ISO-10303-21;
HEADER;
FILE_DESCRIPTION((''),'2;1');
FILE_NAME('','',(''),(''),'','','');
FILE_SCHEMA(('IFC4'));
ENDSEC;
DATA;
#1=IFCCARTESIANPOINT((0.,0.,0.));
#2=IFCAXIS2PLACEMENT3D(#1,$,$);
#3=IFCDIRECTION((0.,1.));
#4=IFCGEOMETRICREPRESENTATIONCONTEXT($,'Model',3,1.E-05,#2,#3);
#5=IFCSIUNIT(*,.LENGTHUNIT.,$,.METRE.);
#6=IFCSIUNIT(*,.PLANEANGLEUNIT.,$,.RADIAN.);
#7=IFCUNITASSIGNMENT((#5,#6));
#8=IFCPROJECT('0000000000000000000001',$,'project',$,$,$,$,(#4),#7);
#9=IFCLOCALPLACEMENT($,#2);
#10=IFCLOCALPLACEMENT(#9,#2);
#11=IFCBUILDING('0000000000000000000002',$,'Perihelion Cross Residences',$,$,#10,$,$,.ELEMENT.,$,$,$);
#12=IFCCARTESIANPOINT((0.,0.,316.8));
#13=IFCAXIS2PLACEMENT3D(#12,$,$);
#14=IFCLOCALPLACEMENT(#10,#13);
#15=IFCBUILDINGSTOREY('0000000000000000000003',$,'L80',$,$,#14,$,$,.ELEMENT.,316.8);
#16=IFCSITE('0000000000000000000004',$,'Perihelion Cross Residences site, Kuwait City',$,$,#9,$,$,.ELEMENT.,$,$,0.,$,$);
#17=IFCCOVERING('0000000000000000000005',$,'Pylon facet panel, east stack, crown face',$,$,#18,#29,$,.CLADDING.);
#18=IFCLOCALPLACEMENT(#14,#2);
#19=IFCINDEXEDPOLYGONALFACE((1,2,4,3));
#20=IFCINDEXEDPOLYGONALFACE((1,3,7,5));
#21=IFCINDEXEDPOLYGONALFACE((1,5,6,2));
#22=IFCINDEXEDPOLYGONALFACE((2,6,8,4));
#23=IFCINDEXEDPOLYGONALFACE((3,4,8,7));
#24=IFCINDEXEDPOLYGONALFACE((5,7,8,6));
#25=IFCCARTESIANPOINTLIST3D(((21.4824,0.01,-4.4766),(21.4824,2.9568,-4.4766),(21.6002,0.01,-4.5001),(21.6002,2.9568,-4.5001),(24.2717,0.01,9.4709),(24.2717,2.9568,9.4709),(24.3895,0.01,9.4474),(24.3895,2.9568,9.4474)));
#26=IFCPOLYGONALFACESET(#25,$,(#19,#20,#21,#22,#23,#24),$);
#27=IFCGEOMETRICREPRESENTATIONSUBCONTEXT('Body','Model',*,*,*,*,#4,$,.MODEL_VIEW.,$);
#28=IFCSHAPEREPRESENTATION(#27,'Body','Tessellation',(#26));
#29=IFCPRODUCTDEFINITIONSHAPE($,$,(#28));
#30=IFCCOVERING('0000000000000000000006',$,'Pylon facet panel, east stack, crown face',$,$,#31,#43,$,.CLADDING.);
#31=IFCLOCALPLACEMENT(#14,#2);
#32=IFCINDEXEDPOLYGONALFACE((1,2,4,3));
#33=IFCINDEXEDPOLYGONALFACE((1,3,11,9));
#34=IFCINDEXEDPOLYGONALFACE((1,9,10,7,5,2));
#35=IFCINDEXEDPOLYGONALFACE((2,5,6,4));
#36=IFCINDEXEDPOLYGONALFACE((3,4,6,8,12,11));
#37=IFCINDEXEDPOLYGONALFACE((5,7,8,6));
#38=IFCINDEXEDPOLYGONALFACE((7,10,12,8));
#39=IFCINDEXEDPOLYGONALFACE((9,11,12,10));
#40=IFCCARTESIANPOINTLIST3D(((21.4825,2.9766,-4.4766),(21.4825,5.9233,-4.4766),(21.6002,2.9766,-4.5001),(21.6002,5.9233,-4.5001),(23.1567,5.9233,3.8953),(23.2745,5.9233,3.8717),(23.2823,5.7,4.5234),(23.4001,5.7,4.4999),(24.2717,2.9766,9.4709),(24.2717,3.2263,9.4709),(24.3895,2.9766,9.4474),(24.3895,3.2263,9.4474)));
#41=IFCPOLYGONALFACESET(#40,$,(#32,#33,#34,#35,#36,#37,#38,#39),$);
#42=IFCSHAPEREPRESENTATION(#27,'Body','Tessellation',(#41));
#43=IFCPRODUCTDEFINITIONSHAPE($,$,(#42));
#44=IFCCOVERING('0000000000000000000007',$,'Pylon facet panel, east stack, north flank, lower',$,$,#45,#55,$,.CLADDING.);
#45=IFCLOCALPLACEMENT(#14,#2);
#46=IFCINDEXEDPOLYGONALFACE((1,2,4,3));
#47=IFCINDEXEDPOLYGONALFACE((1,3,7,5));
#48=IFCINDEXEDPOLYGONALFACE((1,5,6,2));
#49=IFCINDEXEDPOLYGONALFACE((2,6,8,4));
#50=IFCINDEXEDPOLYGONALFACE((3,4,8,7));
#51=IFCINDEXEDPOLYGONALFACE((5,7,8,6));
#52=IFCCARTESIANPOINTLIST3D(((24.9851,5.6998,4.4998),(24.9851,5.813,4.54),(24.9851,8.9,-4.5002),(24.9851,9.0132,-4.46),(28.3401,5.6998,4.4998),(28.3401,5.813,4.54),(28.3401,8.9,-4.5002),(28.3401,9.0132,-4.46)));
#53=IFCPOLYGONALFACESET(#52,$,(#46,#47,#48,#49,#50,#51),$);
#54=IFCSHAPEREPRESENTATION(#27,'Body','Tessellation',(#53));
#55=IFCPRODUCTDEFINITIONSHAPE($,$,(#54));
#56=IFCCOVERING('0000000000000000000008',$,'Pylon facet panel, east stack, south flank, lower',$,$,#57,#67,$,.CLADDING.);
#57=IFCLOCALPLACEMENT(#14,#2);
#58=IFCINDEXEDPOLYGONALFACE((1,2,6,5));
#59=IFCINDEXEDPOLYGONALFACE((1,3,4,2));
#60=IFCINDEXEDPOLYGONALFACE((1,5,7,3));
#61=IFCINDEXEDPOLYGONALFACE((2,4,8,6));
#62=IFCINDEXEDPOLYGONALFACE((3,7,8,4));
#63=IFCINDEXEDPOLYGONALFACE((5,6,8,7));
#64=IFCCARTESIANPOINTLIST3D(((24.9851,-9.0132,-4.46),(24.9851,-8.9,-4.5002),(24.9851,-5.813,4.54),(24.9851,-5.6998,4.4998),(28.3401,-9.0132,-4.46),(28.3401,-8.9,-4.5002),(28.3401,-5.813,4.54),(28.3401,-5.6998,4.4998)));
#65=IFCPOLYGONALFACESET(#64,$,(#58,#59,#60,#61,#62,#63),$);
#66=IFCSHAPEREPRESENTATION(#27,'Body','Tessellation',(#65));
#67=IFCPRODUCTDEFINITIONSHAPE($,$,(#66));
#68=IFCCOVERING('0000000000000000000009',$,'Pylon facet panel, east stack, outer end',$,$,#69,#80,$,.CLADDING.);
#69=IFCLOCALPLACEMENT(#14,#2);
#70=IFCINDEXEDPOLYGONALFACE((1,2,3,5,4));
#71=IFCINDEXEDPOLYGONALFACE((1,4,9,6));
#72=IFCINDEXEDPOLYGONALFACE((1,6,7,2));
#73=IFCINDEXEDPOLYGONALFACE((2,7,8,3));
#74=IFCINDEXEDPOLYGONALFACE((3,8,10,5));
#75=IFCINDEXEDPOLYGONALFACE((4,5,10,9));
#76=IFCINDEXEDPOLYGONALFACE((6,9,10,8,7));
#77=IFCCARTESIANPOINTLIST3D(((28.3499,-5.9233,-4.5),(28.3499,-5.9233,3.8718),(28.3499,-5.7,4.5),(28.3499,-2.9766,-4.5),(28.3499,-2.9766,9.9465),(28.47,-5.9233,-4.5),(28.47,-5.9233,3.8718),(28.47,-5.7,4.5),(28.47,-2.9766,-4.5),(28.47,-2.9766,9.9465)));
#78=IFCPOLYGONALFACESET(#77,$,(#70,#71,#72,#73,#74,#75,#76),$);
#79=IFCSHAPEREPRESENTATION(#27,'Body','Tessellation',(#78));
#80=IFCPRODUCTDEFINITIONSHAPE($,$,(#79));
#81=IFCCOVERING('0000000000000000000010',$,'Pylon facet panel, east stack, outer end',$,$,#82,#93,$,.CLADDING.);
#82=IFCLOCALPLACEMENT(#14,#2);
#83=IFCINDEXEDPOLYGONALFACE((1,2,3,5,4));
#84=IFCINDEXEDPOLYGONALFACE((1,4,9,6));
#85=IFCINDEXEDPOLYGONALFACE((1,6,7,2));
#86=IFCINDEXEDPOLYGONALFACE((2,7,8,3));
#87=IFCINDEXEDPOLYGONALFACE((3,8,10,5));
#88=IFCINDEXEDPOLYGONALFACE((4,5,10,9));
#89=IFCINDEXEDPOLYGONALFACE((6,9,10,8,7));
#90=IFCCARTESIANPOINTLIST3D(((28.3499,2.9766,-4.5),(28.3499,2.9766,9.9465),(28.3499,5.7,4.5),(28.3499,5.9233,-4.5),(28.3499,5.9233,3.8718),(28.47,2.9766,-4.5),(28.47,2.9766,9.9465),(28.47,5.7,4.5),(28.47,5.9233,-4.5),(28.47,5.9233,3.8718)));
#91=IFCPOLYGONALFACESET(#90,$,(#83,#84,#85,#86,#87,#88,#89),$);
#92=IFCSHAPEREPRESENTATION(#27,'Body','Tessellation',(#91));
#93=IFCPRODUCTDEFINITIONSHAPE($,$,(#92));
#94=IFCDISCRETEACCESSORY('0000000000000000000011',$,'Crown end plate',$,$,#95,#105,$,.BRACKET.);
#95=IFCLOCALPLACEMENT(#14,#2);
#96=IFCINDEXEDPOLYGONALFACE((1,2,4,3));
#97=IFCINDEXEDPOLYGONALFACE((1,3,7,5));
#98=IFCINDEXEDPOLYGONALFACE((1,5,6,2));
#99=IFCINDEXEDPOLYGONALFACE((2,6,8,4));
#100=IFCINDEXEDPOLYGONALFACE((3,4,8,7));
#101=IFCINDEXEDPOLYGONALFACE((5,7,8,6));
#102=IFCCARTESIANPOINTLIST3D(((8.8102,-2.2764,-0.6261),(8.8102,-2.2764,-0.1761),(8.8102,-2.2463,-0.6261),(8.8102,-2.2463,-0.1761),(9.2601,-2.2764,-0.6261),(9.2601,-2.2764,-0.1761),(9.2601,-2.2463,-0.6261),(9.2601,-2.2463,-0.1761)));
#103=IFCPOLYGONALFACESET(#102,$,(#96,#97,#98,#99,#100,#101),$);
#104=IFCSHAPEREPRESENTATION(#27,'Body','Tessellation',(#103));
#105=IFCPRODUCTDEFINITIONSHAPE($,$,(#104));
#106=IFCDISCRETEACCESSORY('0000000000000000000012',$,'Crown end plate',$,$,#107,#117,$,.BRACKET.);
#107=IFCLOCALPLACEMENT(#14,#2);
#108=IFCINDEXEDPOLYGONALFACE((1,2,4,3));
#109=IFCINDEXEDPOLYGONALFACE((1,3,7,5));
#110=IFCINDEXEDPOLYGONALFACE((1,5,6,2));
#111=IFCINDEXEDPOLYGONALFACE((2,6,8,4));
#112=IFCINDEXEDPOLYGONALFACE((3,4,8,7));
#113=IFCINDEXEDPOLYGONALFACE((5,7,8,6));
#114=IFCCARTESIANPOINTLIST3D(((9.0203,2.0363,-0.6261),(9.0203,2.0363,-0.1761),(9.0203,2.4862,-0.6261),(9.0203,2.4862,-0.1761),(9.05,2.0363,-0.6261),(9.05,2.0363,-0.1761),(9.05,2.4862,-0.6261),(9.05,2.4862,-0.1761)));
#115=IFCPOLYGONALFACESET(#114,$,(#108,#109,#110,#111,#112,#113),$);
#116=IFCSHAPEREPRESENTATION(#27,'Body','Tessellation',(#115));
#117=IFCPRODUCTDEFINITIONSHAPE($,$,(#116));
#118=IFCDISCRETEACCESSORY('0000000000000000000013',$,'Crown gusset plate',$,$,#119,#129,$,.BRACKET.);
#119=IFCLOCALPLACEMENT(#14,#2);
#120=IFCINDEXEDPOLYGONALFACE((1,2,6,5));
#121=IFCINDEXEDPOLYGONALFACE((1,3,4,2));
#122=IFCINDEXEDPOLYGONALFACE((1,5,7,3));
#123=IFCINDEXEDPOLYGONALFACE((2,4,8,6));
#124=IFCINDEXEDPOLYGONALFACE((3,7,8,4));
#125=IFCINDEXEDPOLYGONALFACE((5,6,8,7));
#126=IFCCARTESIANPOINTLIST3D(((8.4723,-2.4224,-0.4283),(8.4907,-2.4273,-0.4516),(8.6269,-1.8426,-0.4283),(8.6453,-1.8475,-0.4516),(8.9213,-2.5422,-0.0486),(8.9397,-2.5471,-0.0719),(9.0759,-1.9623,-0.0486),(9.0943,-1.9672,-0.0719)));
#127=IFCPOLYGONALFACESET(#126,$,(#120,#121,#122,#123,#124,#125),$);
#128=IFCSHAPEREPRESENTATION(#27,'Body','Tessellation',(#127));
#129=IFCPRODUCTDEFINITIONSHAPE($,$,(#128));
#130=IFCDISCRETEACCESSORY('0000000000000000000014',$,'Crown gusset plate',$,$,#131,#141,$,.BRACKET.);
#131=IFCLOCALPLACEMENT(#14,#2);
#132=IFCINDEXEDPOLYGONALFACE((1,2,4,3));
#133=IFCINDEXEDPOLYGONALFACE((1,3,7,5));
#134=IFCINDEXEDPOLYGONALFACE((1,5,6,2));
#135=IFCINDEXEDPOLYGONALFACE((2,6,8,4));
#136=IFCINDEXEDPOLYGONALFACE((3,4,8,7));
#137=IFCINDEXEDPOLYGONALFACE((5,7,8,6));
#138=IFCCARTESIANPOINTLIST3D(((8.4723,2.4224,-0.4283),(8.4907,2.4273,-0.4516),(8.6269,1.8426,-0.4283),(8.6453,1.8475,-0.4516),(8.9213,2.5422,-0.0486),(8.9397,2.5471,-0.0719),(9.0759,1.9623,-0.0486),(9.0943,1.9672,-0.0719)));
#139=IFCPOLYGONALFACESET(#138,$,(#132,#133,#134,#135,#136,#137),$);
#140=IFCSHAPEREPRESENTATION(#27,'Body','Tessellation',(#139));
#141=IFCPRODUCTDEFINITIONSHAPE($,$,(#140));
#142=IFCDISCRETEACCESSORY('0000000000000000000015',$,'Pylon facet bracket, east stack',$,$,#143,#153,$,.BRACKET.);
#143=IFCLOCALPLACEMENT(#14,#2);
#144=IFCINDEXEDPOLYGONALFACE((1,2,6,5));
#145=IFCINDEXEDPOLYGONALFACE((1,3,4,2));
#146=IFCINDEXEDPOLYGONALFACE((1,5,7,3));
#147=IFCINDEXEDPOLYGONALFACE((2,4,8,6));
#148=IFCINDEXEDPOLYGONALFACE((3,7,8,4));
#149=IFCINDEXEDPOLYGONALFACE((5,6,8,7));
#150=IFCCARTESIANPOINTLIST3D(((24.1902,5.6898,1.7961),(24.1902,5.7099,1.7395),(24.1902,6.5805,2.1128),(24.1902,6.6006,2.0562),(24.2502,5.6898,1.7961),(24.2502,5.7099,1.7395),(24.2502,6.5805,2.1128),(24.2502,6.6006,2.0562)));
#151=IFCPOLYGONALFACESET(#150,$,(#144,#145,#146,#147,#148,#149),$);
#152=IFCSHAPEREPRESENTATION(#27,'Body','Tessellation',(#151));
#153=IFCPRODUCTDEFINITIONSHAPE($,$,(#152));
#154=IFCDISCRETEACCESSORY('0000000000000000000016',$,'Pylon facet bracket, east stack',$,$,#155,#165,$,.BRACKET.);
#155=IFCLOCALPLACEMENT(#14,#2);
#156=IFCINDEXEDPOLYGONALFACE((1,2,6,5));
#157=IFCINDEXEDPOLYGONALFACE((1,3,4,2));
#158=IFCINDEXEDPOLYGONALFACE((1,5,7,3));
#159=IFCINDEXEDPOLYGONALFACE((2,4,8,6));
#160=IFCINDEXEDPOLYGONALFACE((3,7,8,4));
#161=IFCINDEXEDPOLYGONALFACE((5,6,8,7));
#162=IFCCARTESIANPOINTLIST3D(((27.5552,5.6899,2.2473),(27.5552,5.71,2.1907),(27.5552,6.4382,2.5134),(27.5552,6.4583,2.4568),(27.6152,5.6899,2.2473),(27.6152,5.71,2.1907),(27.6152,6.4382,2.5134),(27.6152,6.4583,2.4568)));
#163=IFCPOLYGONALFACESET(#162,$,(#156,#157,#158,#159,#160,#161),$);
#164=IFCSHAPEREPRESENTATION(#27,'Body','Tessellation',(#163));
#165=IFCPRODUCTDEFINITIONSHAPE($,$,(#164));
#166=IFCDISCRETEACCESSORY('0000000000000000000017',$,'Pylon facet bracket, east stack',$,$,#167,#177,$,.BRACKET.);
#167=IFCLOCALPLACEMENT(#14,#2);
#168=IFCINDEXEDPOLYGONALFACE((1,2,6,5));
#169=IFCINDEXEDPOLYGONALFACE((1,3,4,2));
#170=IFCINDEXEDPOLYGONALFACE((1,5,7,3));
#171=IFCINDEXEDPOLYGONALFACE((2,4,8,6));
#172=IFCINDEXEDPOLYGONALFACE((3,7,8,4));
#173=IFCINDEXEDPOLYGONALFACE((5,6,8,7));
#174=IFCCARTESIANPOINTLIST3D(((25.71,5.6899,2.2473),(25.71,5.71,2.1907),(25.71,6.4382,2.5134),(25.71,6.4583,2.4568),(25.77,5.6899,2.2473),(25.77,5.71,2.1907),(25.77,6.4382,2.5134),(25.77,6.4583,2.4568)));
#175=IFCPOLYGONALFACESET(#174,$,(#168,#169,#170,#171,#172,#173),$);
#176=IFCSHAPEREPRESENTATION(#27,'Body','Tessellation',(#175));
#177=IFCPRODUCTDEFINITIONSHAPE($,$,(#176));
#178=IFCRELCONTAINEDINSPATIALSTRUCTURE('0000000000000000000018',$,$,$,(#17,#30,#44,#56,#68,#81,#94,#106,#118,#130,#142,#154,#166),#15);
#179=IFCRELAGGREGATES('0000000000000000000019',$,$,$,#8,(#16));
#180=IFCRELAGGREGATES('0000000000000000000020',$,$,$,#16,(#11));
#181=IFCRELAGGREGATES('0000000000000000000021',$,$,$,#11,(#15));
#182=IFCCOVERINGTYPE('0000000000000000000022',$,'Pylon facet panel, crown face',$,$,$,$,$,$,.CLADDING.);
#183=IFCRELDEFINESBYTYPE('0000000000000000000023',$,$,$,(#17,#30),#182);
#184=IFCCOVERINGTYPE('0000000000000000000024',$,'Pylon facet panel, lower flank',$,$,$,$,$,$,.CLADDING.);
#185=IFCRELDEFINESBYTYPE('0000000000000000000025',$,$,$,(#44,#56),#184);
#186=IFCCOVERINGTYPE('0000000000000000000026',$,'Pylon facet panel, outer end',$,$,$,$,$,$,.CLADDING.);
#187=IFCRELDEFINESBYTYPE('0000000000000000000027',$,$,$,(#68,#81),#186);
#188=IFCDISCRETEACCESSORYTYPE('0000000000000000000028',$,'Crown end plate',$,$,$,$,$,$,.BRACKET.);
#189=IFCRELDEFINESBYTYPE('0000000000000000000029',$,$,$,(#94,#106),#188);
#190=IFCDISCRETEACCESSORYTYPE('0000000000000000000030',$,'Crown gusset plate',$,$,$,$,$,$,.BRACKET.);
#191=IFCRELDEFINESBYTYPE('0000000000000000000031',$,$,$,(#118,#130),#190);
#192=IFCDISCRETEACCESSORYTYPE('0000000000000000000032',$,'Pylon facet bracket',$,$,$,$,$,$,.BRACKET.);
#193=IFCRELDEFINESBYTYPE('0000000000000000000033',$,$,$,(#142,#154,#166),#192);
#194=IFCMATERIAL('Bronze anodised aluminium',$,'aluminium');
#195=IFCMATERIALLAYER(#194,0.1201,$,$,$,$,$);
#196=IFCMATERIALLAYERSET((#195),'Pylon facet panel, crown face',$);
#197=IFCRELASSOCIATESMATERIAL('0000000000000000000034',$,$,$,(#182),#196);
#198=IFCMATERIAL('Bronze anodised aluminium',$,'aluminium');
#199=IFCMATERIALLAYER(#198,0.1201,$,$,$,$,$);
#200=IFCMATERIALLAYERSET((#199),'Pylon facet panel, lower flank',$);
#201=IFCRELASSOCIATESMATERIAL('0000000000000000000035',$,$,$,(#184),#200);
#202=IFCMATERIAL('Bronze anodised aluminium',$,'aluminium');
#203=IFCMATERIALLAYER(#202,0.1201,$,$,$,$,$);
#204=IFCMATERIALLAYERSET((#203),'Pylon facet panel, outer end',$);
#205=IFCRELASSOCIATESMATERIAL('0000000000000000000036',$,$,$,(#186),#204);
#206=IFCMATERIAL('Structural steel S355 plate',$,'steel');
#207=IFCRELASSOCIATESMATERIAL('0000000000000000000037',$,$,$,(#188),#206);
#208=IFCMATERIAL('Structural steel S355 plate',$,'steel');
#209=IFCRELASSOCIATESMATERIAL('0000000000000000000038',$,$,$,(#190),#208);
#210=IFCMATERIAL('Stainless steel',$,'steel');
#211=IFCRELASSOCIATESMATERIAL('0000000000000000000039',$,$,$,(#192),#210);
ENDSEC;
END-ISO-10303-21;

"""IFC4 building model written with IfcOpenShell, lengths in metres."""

from ifc_helpers import new_model, si_unit, direction, frame, origin, origin_2d, place, context, subcontext, project, spatial, polyline, rectangle, outline, extrude, material, layer, layer_set, material_profile, profile_set, type_object, element, save


model = new_model("IFC4")

# Units and contexts
model_context = context("Model", 3, precision=1e-05, world=origin(), true_north=direction((0.0, 1.0)))
body_context = subcontext(model_context, "Body", "Model", "MODEL_VIEW")
ifc_project = project(units=[si_unit("LENGTHUNIT", "METRE"), si_unit("PLANEANGLEUNIT", "RADIAN")], contexts=[model_context])

# Site, building, storey
site_placement = place(None, origin())
site = spatial("IfcSite", under=ifc_project, at=site_placement, Name="Perihelion Cross Residences site, Kuwait City", CompositionType="ELEMENT", RefElevation=0.0)
building_placement = place(site_placement, origin())
building = spatial("IfcBuilding", under=site, at=building_placement, Name="Perihelion Cross Residences", CompositionType="ELEMENT")
storey_placement = place(building_placement, frame((0.0, 0.0, 316.8)))
storey = spatial("IfcBuildingStorey", under=building, at=storey_placement, Name="L80", CompositionType="ELEMENT", Elevation=316.8)

# Coverings
ifc_material_1 = material(Name="Bronze anodised aluminium", Category="aluminium")
ifc_layer_1 = layer(ifc_material_1, 0.1201)
ifc_layer_set_1 = layer_set([ifc_layer_1], Name="Pylon facet panel, crown face")
covering_type_1 = type_object("IfcCoveringType", Name="Pylon facet panel, crown face", PredefinedType="CLADDING", material=ifc_layer_set_1)
for number, where, z_axis, x_axis, name in (
    (1, (24.2717, 2.9568, 9.4709), (-0.980583, 0.0, 0.196103), (-0.196103, 0.0, -0.980583), "Pylon facet panel, east stack, crown face"),
):
    element("IfcCovering", number, at=place(storey_placement, frame(where, z_axis=z_axis, x_axis=x_axis)), inside=storey, type_object=covering_type_1, Name=name, PredefinedType="CLADDING", context=body_context, shape_type="SweptSolid", body=[
        extrude(outline(polyline([(0.0, 0.0), (14.2237, 0.0), (14.2237, 2.9468), (0.0, 2.9468), (0.0, 0.0)])), origin(), (0.0, 0.0, -1.0), 0.1201),
    ])
covering_1_placement = place(storey_placement, frame((24.2717, 3.2263, 9.4709), z_axis=(-0.980584, 0.000003, 0.196101), x_axis=(-0.176076, 0.440208, -0.880462)))
element("IfcCovering", 2, at=covering_1_placement, inside=storey, type_object=covering_type_1, Name="Pylon facet panel, east stack, crown face", PredefinedType="CLADDING", context=body_context, shape_type="SweptSolid", body=[
    extrude(outline(polyline([(0.0, 0.0), (5.6192, 0.0), (6.2928, 0.0814), (13.9586, 3.8397), (12.6614, 6.4856), (-0.1099, 0.2243), (0.0, 0.0)])), origin(), (0.0, 0.0, -1.0), 0.1201),
])
ifc_material_2 = material(Name="Bronze anodised aluminium", Category="aluminium")
ifc_layer_2 = layer(ifc_material_2, 0.1201)
ifc_layer_set_2 = layer_set([ifc_layer_2], Name="Pylon facet panel, lower flank")
covering_type_2 = type_object("IfcCoveringType", Name="Pylon facet panel, lower flank", PredefinedType="CLADDING", material=ifc_layer_set_2)
for number, where, z_axis, x_axis, name in (
    (3, (28.3401, 5.813, 4.54), (0.0, 0.942208, 0.335028), (0.0, 0.335028, -0.942208), "Pylon facet panel, east stack, north flank, lower"),
    (4, (24.9851, -5.813, 4.54), (0.0, -0.942208, 0.335028), (0.0, -0.335028, -0.942208), "Pylon facet panel, east stack, south flank, lower"),
):
    element("IfcCovering", number, at=place(storey_placement, frame(where, z_axis=z_axis, x_axis=x_axis)), inside=storey, type_object=covering_type_2, Name=name, PredefinedType="CLADDING", context=body_context, shape_type="SweptSolid", body=[
        extrude(outline(polyline([(0.0, 0.0), (9.552, 0.0), (9.552, 3.355), (0.0, 3.355), (0.0, 0.0)])), origin(), (0.0, 0.0, -1.0), 0.1201),
    ])
ifc_material_3 = material(Name="Bronze anodised aluminium", Category="aluminium")
ifc_layer_3 = layer(ifc_material_3, 0.1201)
ifc_layer_set_3 = layer_set([ifc_layer_3], Name="Pylon facet panel, outer end")
covering_type_3 = type_object("IfcCoveringType", Name="Pylon facet panel, outer end", PredefinedType="CLADDING", material=ifc_layer_set_3)
covering_2_placement = place(storey_placement, frame((28.47, -5.9233, 3.8718), z_axis=(1.0, 0.0, 0.0), x_axis=(0.0, 0.0, -1.0)))
element("IfcCovering", 5, at=covering_2_placement, inside=storey, type_object=covering_type_3, Name="Pylon facet panel, east stack, outer end", PredefinedType="CLADDING", context=body_context, shape_type="SweptSolid", body=[
    extrude(outline(polyline([(0.0, 0.0), (8.3718, 0.0), (8.3718, 2.9468), (-6.0747, 2.9468), (-0.6282, 0.2234), (0.0, 0.0)])), origin(), (0.0, 0.0, -1.0), 0.1201),
])
covering_3_placement = place(storey_placement, frame((28.47, 5.9233, -4.5), z_axis=(1.0, 0.0, 0.0), x_axis=(0.0, 0.0, 1.0)))
element("IfcCovering", 6, at=covering_3_placement, inside=storey, type_object=covering_type_3, Name="Pylon facet panel, east stack, outer end", PredefinedType="CLADDING", context=body_context, shape_type="SweptSolid", body=[
    extrude(outline(polyline([(0.0, 0.0), (8.3718, 0.0), (9.0, 0.2234), (14.4465, 2.9468), (0.0, 2.9468), (0.0, 0.0)])), origin(), (0.0, 0.0, -1.0), 0.1201),
])

# Discrete accessories
ifc_material_4 = material(Name="Structural steel S355 plate", Category="steel")
ifc_material_profile_1 = material_profile(ifc_material_4, rectangle(XDim=0.45, YDim=0.45, at=origin_2d()), Name="Crown end plate")
ifc_profile_set_1 = profile_set([ifc_material_profile_1], Name="Structural steel S355 plate")
discrete_accessory_type_1 = type_object("IfcDiscreteAccessoryType", Name="Crown end plate", PredefinedType="BRACKET", material=ifc_profile_set_1)
discrete_accessory_1_placement = place(storey_placement, frame((9.0352, -2.2764, -0.4011), z_axis=(0.0, 1.0, 0.0), x_axis=(-1.0, 0.0, 0.0)))
element("IfcDiscreteAccessory", 7, at=discrete_accessory_1_placement, inside=storey, type_object=discrete_accessory_type_1, Name="Crown end plate", PredefinedType="BRACKET", context=body_context, shape_type="SweptSolid", body=[
    extrude(rectangle(XDim=0.45, YDim=0.45, at=origin_2d()), origin(), (0.0, 0.0, 1.0), 0.03),
])
discrete_accessory_2_placement = place(storey_placement, frame((9.05, 2.2612, -0.4011), z_axis=(-1.0, 0.0, 0.0), x_axis=(0.0, -1.0, 0.0)))
element("IfcDiscreteAccessory", 8, at=discrete_accessory_2_placement, inside=storey, type_object=discrete_accessory_type_1, Name="Crown end plate", PredefinedType="BRACKET", context=body_context, shape_type="SweptSolid", body=[
    extrude(rectangle(XDim=0.45, YDim=0.45, at=origin_2d()), origin(), (0.0, 0.0, 1.0), 0.0298),
])
ifc_material_5 = material(Name="Structural steel S355 plate", Category="steel")
ifc_material_profile_2 = material_profile(ifc_material_5, rectangle(XDim=0.6001, YDim=0.6001, at=origin_2d()), Name="Crown gusset plate")
ifc_profile_set_2 = profile_set([ifc_material_profile_2], Name="Structural steel S355 plate")
discrete_accessory_type_2 = type_object("IfcDiscreteAccessoryType", Name="Crown gusset plate", PredefinedType="BRACKET", material=ifc_profile_set_2)
for number, where, z_axis, x_axis, name in (
    (9, (8.7925, -2.1973, -0.2617), (-0.611354, 0.163028, 0.774382), (-0.257663, -0.966235, 0.0), "Crown gusset plate"),
    (10, (8.7925, 2.1973, -0.2617), (-0.611354, -0.163028, 0.774382), (0.257663, -0.966235, 0.0), "Crown gusset plate"),
):
    element("IfcDiscreteAccessory", number, at=place(storey_placement, frame(where, z_axis=z_axis, x_axis=x_axis)), inside=storey, type_object=discrete_accessory_type_2, Name=name, PredefinedType="BRACKET", context=body_context, shape_type="SweptSolid", body=[
        extrude(rectangle(XDim=0.6001, YDim=0.6001, at=origin_2d()), origin(), (0.0, 0.0, 1.0), 0.03),
    ])
ifc_material_6 = material(Name="Stainless steel", Category="steel")
ifc_material_profile_3 = material_profile(ifc_material_6, rectangle(XDim=0.0601, YDim=0.0601, at=origin_2d()), Name="Pylon facet bracket")
ifc_profile_set_3 = profile_set([ifc_material_profile_3], Name="Stainless steel")
discrete_accessory_type_3 = type_object("IfcDiscreteAccessoryType", Name="Pylon facet bracket", PredefinedType="BRACKET", material=ifc_profile_set_3)
discrete_accessory_3_placement = place(storey_placement, frame((24.2202, 6.5906, 2.0845), z_axis=(0.0, -0.94222, -0.334994), x_axis=(1.0, 0.0, 0.0)))
element("IfcDiscreteAccessory", 11, at=discrete_accessory_3_placement, inside=storey, type_object=discrete_accessory_type_3, Name="Pylon facet bracket, east stack", PredefinedType="BRACKET", context=body_context, shape_type="SweptSolid", body=[
    extrude(rectangle(XDim=0.0601, YDim=0.0601, at=origin_2d()), origin(), (0.0, 0.0, 1.0), 0.9453),
])
for number, where, z_axis, x_axis, name in (
    (12, (27.5852, 6.4482, 2.4851), (0.0, -0.942193, -0.33507), (1.0, 0.0, 0.0), "Pylon facet bracket, east stack"),
    (13, (25.74, 6.4482, 2.4851), (0.0, -0.942193, -0.33507), (1.0, 0.0, 0.0), "Pylon facet bracket, east stack"),
):
    element("IfcDiscreteAccessory", number, at=place(storey_placement, frame(where, z_axis=z_axis, x_axis=x_axis)), inside=storey, type_object=discrete_accessory_type_3, Name=name, PredefinedType="BRACKET", context=body_context, shape_type="SweptSolid", body=[
        extrude(rectangle(XDim=0.0601, YDim=0.0601, at=origin_2d()), origin(), (0.0, 0.0, 1.0), 0.7942),
    ])

save(model, "model.ifc")
